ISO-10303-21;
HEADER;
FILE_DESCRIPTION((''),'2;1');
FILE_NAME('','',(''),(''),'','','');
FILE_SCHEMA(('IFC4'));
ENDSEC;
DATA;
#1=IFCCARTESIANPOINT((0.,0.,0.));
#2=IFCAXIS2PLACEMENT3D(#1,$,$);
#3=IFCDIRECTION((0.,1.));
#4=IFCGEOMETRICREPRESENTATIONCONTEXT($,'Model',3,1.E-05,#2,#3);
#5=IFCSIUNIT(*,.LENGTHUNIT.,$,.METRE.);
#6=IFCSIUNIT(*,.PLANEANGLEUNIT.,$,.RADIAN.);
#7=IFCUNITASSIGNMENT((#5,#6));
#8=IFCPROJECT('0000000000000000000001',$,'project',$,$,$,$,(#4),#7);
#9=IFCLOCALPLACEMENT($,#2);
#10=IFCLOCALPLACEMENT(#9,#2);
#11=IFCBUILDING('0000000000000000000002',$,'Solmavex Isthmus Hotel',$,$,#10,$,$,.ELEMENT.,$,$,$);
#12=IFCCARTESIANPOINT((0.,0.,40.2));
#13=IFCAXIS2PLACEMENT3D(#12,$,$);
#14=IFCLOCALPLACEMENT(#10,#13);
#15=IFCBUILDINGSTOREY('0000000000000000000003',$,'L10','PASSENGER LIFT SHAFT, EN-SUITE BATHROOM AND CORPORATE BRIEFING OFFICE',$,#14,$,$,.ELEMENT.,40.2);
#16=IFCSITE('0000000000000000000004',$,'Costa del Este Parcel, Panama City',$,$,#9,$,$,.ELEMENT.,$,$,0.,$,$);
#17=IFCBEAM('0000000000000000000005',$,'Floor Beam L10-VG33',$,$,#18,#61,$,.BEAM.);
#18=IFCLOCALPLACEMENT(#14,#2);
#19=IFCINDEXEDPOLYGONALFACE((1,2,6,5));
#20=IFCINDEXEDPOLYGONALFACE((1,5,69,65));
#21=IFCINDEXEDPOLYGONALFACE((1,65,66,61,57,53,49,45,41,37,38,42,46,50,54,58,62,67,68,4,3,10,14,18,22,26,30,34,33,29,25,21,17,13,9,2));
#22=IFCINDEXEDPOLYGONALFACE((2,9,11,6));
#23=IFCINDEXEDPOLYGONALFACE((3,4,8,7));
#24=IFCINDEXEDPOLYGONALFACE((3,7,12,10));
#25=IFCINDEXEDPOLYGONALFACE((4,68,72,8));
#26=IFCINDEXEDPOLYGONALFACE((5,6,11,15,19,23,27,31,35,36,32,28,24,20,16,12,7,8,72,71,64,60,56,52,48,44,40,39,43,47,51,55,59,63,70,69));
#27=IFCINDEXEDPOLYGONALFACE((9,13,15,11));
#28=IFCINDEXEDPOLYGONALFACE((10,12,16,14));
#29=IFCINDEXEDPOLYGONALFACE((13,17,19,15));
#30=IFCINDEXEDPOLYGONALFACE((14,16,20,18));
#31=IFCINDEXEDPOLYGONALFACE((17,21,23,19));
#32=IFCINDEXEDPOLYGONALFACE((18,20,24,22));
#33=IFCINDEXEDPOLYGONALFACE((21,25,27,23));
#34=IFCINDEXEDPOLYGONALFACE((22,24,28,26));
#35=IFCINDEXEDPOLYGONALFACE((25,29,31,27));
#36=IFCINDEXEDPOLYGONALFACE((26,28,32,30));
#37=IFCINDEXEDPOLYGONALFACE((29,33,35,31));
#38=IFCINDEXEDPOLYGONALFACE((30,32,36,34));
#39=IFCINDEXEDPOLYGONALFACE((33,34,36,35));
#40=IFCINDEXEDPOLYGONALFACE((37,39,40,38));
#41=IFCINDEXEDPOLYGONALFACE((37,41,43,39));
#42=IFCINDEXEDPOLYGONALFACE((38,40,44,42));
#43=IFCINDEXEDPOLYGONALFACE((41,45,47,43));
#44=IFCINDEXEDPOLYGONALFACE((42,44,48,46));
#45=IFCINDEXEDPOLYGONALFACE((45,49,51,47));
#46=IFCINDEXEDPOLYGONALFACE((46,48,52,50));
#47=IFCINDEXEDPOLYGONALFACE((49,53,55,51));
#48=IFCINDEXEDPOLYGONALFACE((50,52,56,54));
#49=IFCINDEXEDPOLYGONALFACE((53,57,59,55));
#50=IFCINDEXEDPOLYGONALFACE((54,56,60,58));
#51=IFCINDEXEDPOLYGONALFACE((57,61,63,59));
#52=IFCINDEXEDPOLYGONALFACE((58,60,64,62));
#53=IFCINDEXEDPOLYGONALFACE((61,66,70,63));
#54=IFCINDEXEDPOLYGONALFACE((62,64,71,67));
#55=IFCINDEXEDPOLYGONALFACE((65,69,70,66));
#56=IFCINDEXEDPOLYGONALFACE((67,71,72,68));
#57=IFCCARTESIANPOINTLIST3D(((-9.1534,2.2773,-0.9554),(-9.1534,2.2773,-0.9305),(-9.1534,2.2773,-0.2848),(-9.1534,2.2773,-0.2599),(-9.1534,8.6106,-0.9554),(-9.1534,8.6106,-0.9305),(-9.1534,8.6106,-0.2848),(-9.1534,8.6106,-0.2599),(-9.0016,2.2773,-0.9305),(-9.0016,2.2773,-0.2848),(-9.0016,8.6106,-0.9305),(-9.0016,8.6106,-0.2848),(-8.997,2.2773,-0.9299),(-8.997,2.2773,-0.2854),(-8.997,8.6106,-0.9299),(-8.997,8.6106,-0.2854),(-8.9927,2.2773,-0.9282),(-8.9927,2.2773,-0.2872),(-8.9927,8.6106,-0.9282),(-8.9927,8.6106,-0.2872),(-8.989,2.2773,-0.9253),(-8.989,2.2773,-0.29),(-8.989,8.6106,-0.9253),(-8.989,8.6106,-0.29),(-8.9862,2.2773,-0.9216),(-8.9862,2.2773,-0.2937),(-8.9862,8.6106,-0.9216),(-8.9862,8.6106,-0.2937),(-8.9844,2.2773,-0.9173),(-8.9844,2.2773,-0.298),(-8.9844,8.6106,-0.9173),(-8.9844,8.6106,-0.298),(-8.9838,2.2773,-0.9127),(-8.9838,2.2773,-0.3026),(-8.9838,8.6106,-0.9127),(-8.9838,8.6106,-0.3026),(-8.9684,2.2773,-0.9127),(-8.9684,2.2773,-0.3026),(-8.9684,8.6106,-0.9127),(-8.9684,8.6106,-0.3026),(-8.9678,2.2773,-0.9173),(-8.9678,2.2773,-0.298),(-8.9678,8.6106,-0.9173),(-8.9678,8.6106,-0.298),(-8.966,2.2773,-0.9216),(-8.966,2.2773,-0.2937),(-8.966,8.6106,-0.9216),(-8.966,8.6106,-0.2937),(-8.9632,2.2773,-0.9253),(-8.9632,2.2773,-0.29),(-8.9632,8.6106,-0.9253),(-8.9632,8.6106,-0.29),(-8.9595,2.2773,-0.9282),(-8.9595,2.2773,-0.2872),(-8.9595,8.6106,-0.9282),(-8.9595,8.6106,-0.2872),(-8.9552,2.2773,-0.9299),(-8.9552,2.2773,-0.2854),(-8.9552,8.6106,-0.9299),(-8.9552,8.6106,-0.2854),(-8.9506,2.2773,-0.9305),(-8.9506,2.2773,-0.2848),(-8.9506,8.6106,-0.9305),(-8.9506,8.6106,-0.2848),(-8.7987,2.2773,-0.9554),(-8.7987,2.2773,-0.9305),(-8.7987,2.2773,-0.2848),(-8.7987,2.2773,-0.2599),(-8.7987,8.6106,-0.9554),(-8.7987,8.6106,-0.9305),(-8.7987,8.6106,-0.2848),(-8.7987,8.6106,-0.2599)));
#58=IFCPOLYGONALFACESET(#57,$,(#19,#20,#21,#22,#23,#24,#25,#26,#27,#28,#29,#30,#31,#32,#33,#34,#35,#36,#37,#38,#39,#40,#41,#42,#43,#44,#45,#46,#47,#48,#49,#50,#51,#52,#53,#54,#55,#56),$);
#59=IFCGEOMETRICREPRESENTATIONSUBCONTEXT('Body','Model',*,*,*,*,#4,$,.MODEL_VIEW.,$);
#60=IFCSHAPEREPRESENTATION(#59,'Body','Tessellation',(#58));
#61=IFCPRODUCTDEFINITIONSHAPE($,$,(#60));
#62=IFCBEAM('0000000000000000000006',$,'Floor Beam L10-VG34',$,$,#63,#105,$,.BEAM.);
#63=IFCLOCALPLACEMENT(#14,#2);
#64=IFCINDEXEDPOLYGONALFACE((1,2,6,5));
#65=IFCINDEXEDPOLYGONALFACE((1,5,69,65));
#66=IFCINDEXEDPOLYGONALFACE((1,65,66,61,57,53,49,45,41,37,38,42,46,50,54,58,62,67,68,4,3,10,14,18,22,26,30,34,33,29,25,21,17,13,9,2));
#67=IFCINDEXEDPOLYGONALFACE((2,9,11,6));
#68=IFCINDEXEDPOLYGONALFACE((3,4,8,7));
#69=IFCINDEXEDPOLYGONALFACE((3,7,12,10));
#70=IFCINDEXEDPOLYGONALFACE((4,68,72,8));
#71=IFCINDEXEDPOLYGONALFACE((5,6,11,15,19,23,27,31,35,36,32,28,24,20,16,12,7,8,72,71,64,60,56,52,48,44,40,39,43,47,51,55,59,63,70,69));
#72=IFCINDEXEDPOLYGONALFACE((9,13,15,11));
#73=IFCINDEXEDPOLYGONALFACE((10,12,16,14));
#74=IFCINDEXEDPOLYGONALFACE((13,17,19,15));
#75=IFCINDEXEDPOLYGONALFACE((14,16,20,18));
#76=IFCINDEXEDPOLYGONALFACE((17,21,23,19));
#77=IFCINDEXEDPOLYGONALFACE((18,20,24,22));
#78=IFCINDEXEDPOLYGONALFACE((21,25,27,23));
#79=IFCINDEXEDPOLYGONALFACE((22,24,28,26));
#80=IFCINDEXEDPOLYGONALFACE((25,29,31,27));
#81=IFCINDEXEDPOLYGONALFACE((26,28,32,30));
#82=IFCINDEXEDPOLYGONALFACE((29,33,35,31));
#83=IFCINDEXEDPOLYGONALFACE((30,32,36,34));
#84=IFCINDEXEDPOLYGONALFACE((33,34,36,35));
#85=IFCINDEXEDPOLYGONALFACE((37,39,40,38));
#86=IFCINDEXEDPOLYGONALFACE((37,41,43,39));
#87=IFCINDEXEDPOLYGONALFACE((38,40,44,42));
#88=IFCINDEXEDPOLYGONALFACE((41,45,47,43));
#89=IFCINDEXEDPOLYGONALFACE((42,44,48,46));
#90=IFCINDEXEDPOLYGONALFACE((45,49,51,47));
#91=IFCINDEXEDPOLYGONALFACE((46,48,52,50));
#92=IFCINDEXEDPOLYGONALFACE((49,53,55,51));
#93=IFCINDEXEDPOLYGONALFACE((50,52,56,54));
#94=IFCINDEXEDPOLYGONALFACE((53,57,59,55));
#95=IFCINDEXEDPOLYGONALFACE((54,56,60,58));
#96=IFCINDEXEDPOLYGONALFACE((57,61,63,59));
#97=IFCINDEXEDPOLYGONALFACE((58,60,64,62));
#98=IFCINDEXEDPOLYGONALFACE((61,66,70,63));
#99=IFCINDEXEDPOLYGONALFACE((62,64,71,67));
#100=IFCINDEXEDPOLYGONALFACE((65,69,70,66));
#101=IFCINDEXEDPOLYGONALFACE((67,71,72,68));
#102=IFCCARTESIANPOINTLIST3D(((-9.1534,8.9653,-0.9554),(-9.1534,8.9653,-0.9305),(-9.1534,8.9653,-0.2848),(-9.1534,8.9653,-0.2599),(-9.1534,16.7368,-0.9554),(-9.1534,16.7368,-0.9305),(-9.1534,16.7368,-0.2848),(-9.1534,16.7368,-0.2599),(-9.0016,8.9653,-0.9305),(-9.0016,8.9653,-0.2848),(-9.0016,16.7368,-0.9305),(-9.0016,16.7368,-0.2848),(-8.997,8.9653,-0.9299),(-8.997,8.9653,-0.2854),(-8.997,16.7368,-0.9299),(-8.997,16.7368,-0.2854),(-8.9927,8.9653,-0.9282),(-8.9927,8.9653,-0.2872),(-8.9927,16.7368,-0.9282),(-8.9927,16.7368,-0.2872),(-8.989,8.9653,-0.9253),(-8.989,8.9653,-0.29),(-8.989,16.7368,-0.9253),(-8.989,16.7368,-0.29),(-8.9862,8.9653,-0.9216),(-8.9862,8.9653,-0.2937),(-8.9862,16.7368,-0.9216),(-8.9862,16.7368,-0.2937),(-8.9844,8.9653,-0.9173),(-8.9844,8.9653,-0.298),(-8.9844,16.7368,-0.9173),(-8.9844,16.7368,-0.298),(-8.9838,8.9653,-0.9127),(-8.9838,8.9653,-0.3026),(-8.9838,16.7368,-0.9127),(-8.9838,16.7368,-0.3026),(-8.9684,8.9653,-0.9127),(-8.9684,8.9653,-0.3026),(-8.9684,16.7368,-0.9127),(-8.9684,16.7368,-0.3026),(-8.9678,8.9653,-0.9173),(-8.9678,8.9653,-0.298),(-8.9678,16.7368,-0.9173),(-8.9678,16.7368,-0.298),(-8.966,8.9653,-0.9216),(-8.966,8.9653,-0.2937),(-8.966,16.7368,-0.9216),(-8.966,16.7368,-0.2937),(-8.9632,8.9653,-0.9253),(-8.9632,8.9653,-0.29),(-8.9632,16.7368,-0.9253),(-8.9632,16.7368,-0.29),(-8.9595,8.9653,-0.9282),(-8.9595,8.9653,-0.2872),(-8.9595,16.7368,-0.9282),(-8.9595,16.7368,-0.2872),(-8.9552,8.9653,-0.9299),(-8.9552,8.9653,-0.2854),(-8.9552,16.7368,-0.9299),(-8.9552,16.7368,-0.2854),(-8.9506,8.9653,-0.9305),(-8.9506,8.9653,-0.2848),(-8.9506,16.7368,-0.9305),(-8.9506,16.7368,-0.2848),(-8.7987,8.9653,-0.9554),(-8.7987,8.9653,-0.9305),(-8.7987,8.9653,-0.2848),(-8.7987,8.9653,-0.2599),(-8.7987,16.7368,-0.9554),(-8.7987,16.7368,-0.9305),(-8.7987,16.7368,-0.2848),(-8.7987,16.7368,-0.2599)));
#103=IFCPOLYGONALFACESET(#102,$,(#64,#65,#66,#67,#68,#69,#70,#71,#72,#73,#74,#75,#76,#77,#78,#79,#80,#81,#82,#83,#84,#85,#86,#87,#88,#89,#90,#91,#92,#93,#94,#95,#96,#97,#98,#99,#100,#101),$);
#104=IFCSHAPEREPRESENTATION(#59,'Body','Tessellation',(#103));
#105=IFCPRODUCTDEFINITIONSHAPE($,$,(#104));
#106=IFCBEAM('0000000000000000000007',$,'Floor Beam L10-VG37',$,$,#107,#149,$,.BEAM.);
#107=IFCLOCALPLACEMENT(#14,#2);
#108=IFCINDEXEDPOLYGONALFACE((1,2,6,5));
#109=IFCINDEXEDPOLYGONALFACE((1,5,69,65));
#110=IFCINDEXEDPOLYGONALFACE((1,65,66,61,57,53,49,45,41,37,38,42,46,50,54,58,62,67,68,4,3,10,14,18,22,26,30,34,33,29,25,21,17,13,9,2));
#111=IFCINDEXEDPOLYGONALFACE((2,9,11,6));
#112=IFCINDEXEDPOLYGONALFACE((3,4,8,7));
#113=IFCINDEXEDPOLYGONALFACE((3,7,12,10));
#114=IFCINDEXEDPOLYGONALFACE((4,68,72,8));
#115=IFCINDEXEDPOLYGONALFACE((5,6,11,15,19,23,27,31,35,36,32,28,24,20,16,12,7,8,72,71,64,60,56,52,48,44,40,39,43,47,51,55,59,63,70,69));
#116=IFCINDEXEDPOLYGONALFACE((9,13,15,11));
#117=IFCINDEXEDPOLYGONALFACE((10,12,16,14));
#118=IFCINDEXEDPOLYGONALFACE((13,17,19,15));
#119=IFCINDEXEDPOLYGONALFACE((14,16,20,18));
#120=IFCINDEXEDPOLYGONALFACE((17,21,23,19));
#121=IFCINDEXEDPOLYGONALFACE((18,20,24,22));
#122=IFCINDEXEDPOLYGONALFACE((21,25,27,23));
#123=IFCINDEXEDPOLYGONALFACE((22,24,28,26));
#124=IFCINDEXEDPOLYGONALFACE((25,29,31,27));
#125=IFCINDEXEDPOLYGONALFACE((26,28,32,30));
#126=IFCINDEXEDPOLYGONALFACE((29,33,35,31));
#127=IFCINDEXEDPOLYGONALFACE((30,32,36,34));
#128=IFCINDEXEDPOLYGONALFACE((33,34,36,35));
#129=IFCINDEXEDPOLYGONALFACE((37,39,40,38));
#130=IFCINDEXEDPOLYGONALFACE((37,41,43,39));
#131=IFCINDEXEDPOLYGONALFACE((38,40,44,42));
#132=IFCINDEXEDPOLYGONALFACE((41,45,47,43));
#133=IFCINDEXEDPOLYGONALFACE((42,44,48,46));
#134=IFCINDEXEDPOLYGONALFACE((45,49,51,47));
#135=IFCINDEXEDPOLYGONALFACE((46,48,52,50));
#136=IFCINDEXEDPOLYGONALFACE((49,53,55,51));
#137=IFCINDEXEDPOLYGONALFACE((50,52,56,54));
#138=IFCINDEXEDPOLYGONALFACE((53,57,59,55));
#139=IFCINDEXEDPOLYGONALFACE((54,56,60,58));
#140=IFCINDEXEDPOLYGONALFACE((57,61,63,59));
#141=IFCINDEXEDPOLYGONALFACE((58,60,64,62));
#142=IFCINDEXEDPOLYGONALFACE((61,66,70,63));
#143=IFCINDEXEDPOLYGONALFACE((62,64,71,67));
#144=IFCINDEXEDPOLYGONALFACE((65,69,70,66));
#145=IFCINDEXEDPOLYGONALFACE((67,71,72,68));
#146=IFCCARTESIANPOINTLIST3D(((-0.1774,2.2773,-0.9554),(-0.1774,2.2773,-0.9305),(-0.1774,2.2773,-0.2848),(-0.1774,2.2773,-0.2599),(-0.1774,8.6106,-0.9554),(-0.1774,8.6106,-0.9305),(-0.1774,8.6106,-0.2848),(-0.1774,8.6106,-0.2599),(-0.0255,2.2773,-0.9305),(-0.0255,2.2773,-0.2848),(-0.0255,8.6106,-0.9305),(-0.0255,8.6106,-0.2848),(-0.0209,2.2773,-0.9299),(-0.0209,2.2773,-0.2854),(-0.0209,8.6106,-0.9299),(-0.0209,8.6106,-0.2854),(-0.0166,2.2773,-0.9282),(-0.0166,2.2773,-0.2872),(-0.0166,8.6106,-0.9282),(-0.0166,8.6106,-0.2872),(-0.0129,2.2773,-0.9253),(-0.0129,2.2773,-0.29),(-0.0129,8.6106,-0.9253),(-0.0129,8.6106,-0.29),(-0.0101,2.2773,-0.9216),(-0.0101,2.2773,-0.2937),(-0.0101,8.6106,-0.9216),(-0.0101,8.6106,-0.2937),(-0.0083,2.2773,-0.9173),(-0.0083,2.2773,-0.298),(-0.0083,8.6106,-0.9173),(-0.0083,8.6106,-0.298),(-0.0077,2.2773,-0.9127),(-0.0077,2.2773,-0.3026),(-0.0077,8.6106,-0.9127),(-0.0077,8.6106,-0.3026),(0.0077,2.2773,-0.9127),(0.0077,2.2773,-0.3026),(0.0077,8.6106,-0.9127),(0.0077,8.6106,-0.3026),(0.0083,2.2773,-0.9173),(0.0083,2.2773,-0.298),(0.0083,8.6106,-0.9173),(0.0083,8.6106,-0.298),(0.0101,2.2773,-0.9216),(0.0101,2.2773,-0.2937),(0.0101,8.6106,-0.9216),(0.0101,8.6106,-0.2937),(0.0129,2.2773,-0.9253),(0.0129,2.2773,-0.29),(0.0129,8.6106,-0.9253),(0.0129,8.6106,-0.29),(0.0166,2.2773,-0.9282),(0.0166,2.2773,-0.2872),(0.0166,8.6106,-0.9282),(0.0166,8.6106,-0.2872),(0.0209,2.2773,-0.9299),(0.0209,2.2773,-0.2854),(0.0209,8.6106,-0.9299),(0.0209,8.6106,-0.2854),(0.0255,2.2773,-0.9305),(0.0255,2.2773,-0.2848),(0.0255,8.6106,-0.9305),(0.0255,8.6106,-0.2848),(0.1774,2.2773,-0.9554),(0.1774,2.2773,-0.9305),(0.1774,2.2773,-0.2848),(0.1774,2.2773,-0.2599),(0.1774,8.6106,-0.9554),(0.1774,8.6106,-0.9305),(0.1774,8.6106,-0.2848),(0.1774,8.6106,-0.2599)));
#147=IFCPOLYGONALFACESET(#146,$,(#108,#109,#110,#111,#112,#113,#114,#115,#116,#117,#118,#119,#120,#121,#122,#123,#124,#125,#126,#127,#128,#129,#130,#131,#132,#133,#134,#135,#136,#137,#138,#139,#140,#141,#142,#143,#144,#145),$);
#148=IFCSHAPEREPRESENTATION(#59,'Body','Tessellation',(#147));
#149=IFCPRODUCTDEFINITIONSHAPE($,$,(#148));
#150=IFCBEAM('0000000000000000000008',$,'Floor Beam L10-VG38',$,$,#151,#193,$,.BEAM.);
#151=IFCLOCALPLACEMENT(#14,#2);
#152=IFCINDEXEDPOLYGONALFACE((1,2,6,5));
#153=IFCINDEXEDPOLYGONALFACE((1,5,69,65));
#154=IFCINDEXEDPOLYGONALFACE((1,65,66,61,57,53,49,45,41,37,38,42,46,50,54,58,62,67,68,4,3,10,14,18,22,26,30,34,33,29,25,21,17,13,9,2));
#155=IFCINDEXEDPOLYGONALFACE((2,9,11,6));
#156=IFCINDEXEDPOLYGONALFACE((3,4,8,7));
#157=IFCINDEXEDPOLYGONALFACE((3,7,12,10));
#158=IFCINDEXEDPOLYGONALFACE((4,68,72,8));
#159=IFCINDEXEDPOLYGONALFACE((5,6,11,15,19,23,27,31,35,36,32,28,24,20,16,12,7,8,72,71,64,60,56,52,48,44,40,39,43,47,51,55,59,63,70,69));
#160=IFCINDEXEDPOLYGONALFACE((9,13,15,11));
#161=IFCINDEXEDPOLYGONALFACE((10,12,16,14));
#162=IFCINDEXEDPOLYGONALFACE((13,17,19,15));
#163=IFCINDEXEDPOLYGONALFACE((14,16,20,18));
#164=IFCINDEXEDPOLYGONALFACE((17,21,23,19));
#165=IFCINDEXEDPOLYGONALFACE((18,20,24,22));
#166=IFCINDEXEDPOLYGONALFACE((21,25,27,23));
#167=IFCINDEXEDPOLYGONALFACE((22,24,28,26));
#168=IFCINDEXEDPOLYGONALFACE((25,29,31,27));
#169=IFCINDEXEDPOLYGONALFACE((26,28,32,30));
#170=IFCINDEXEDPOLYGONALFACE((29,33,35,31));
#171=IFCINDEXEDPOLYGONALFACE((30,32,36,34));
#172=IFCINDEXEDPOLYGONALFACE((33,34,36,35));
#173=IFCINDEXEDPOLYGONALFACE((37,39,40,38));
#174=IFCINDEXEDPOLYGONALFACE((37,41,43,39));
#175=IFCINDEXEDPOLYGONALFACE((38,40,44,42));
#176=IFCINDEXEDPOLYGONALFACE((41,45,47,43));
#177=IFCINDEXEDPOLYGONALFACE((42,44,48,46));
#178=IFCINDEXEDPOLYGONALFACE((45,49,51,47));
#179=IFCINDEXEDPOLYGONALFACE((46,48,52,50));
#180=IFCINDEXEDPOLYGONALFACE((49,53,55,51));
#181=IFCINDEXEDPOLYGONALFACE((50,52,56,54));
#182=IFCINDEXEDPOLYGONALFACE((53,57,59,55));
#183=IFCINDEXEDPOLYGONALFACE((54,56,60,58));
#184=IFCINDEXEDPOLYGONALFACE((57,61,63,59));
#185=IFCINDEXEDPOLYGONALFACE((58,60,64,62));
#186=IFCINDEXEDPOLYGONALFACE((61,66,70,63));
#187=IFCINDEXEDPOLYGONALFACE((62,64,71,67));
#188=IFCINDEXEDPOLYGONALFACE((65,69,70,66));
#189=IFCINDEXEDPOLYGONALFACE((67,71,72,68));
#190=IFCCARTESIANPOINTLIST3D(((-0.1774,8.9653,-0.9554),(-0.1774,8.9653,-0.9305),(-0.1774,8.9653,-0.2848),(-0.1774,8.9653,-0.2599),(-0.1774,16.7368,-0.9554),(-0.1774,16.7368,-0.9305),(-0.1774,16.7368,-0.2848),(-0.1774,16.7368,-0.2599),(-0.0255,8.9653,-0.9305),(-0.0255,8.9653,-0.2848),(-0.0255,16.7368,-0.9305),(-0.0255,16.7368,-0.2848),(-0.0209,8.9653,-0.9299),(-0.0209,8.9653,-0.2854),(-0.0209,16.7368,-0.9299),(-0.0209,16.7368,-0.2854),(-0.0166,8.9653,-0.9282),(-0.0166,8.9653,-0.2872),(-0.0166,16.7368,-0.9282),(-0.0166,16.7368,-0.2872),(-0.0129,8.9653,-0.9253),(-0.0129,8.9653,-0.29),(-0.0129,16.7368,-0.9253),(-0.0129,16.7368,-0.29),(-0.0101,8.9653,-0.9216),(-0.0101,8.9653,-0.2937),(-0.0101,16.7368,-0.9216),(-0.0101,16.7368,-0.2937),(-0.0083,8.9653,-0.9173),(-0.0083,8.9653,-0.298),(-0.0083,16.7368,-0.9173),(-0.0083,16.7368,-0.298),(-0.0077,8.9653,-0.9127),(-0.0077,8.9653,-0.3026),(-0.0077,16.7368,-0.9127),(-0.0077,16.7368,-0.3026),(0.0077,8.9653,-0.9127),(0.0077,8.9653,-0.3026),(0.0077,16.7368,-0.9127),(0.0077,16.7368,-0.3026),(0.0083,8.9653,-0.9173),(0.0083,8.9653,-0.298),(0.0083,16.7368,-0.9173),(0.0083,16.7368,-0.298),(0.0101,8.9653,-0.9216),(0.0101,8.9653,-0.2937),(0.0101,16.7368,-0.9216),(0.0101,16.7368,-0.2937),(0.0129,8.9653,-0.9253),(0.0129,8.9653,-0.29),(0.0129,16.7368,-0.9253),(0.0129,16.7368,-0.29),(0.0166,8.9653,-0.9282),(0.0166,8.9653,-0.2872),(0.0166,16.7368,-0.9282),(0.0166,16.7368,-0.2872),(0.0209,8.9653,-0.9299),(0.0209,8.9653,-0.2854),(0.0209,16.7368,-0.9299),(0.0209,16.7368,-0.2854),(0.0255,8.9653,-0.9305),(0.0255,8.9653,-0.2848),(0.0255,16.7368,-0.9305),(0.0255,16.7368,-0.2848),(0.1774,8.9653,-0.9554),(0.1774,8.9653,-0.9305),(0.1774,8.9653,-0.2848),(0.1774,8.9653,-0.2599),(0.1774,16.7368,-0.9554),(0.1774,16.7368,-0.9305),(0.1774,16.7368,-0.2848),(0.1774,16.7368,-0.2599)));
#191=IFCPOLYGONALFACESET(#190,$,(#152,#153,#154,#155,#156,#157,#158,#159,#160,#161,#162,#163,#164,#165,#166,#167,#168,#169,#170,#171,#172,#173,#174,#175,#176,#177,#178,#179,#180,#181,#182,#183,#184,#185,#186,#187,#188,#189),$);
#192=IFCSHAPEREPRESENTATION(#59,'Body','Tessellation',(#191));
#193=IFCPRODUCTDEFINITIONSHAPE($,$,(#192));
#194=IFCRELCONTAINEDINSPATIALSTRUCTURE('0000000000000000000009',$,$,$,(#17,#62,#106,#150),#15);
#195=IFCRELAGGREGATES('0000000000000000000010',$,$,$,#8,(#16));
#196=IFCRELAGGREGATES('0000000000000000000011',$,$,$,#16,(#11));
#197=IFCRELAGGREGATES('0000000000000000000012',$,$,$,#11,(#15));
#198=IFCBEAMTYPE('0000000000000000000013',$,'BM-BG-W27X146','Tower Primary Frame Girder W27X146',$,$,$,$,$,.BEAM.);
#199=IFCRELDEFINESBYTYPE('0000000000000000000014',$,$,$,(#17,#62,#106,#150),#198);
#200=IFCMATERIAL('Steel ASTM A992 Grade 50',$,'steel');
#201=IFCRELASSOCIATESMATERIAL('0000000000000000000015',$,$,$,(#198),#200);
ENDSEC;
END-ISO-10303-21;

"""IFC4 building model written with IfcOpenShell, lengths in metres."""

from ifc_helpers import new_model, si_unit, direction, frame, origin, origin_2d, place, context, subcontext, project, spatial, i_section, extrude, material, material_profile, profile_set, type_object, element, save


model = new_model("IFC4")

# Units and contexts
model_context = context("Model", 3, precision=1e-05, world=origin(), true_north=direction((0.0, 1.0)))
body_context = subcontext(model_context, "Body", "Model", "MODEL_VIEW")
ifc_project = project(units=[si_unit("LENGTHUNIT", "METRE"), si_unit("PLANEANGLEUNIT", "RADIAN")], contexts=[model_context])

# Site, building, storey
site_placement = place(None, origin())
site = spatial("IfcSite", under=ifc_project, at=site_placement, Name="Costa del Este Parcel, Panama City", CompositionType="ELEMENT", RefElevation=0.0)
building_placement = place(site_placement, origin())
building = spatial("IfcBuilding", under=site, at=building_placement, Name="Solmavex Isthmus Hotel", CompositionType="ELEMENT")
storey_placement = place(building_placement, frame((0.0, 0.0, 40.2)))
storey = spatial("IfcBuildingStorey", under=building, at=storey_placement, Name="L10", Description="PASSENGER LIFT SHAFT, EN-SUITE BATHROOM AND CORPORATE BRIEFING OFFICE", CompositionType="ELEMENT", Elevation=40.2)

# Beams
ifc_material_1 = material(Name="Steel ASTM A992 Grade 50", Category="steel")
ifc_material_profile_1 = material_profile(ifc_material_1, i_section(OverallWidth=0.3547, OverallDepth=0.6956, WebThickness=0.0154, FlangeThickness=0.0249, FilletRadius=0.0178, at=origin_2d()), Name="W27X146")
ifc_profile_set_1 = profile_set([ifc_material_profile_1], Name="Steel ASTM A992 Grade 50")
beam_type_1 = type_object("IfcBeamType", Name="BM-BG-W27X146", Description="Tower Primary Frame Girder W27X146", PredefinedType="BEAM", material=ifc_profile_set_1)
beam_1_placement = place(storey_placement, frame((-8.9761, 2.2773, -0.6077), z_axis=(0.0, 1.0, 0.0), x_axis=(-1.0, 0.0, 0.0)))
element("IfcBeam", 1, at=beam_1_placement, inside=storey, type_object=beam_type_1, Name="Floor Beam L10-VG33", PredefinedType="BEAM", context=body_context, shape_type="SweptSolid", body=[
    extrude(i_section(OverallWidth=0.3547, OverallDepth=0.6956, WebThickness=0.0154, FlangeThickness=0.0249, FilletRadius=0.0178, at=origin_2d()), origin(), (0.0, 0.0, 1.0), 6.3333),
])
beam_2_placement = place(storey_placement, frame((-8.9761, 8.9653, -0.6077), z_axis=(0.0, 1.0, 0.0), x_axis=(-1.0, 0.0, 0.0)))
element("IfcBeam", 2, at=beam_2_placement, inside=storey, type_object=beam_type_1, Name="Floor Beam L10-VG34", PredefinedType="BEAM", context=body_context, shape_type="SweptSolid", body=[
    extrude(i_section(OverallWidth=0.3547, OverallDepth=0.6956, WebThickness=0.0154, FlangeThickness=0.0249, FilletRadius=0.0178, at=origin_2d()), origin(), (0.0, 0.0, 1.0), 7.7715),
])
beam_3_placement = place(storey_placement, frame((0.0, 2.2773, -0.6077), z_axis=(0.0, 1.0, 0.0), x_axis=(-1.0, 0.0, 0.0)))
element("IfcBeam", 3, at=beam_3_placement, inside=storey, type_object=beam_type_1, Name="Floor Beam L10-VG37", PredefinedType="BEAM", context=body_context, shape_type="SweptSolid", body=[
    extrude(i_section(OverallWidth=0.3547, OverallDepth=0.6956, WebThickness=0.0154, FlangeThickness=0.0249, FilletRadius=0.0178, at=origin_2d()), origin(), (0.0, 0.0, 1.0), 6.3333),
])
beam_4_placement = place(storey_placement, frame((0.0, 8.9653, -0.6077), z_axis=(0.0, 1.0, 0.0), x_axis=(-1.0, 0.0, 0.0)))
element("IfcBeam", 4, at=beam_4_placement, inside=storey, type_object=beam_type_1, Name="Floor Beam L10-VG38", PredefinedType="BEAM", context=body_context, shape_type="SweptSolid", body=[
    extrude(i_section(OverallWidth=0.3547, OverallDepth=0.6956, WebThickness=0.0154, FlangeThickness=0.0249, FilletRadius=0.0178, at=origin_2d()), origin(), (0.0, 0.0, 1.0), 7.7715),
])

save(model, "model.ifc")
